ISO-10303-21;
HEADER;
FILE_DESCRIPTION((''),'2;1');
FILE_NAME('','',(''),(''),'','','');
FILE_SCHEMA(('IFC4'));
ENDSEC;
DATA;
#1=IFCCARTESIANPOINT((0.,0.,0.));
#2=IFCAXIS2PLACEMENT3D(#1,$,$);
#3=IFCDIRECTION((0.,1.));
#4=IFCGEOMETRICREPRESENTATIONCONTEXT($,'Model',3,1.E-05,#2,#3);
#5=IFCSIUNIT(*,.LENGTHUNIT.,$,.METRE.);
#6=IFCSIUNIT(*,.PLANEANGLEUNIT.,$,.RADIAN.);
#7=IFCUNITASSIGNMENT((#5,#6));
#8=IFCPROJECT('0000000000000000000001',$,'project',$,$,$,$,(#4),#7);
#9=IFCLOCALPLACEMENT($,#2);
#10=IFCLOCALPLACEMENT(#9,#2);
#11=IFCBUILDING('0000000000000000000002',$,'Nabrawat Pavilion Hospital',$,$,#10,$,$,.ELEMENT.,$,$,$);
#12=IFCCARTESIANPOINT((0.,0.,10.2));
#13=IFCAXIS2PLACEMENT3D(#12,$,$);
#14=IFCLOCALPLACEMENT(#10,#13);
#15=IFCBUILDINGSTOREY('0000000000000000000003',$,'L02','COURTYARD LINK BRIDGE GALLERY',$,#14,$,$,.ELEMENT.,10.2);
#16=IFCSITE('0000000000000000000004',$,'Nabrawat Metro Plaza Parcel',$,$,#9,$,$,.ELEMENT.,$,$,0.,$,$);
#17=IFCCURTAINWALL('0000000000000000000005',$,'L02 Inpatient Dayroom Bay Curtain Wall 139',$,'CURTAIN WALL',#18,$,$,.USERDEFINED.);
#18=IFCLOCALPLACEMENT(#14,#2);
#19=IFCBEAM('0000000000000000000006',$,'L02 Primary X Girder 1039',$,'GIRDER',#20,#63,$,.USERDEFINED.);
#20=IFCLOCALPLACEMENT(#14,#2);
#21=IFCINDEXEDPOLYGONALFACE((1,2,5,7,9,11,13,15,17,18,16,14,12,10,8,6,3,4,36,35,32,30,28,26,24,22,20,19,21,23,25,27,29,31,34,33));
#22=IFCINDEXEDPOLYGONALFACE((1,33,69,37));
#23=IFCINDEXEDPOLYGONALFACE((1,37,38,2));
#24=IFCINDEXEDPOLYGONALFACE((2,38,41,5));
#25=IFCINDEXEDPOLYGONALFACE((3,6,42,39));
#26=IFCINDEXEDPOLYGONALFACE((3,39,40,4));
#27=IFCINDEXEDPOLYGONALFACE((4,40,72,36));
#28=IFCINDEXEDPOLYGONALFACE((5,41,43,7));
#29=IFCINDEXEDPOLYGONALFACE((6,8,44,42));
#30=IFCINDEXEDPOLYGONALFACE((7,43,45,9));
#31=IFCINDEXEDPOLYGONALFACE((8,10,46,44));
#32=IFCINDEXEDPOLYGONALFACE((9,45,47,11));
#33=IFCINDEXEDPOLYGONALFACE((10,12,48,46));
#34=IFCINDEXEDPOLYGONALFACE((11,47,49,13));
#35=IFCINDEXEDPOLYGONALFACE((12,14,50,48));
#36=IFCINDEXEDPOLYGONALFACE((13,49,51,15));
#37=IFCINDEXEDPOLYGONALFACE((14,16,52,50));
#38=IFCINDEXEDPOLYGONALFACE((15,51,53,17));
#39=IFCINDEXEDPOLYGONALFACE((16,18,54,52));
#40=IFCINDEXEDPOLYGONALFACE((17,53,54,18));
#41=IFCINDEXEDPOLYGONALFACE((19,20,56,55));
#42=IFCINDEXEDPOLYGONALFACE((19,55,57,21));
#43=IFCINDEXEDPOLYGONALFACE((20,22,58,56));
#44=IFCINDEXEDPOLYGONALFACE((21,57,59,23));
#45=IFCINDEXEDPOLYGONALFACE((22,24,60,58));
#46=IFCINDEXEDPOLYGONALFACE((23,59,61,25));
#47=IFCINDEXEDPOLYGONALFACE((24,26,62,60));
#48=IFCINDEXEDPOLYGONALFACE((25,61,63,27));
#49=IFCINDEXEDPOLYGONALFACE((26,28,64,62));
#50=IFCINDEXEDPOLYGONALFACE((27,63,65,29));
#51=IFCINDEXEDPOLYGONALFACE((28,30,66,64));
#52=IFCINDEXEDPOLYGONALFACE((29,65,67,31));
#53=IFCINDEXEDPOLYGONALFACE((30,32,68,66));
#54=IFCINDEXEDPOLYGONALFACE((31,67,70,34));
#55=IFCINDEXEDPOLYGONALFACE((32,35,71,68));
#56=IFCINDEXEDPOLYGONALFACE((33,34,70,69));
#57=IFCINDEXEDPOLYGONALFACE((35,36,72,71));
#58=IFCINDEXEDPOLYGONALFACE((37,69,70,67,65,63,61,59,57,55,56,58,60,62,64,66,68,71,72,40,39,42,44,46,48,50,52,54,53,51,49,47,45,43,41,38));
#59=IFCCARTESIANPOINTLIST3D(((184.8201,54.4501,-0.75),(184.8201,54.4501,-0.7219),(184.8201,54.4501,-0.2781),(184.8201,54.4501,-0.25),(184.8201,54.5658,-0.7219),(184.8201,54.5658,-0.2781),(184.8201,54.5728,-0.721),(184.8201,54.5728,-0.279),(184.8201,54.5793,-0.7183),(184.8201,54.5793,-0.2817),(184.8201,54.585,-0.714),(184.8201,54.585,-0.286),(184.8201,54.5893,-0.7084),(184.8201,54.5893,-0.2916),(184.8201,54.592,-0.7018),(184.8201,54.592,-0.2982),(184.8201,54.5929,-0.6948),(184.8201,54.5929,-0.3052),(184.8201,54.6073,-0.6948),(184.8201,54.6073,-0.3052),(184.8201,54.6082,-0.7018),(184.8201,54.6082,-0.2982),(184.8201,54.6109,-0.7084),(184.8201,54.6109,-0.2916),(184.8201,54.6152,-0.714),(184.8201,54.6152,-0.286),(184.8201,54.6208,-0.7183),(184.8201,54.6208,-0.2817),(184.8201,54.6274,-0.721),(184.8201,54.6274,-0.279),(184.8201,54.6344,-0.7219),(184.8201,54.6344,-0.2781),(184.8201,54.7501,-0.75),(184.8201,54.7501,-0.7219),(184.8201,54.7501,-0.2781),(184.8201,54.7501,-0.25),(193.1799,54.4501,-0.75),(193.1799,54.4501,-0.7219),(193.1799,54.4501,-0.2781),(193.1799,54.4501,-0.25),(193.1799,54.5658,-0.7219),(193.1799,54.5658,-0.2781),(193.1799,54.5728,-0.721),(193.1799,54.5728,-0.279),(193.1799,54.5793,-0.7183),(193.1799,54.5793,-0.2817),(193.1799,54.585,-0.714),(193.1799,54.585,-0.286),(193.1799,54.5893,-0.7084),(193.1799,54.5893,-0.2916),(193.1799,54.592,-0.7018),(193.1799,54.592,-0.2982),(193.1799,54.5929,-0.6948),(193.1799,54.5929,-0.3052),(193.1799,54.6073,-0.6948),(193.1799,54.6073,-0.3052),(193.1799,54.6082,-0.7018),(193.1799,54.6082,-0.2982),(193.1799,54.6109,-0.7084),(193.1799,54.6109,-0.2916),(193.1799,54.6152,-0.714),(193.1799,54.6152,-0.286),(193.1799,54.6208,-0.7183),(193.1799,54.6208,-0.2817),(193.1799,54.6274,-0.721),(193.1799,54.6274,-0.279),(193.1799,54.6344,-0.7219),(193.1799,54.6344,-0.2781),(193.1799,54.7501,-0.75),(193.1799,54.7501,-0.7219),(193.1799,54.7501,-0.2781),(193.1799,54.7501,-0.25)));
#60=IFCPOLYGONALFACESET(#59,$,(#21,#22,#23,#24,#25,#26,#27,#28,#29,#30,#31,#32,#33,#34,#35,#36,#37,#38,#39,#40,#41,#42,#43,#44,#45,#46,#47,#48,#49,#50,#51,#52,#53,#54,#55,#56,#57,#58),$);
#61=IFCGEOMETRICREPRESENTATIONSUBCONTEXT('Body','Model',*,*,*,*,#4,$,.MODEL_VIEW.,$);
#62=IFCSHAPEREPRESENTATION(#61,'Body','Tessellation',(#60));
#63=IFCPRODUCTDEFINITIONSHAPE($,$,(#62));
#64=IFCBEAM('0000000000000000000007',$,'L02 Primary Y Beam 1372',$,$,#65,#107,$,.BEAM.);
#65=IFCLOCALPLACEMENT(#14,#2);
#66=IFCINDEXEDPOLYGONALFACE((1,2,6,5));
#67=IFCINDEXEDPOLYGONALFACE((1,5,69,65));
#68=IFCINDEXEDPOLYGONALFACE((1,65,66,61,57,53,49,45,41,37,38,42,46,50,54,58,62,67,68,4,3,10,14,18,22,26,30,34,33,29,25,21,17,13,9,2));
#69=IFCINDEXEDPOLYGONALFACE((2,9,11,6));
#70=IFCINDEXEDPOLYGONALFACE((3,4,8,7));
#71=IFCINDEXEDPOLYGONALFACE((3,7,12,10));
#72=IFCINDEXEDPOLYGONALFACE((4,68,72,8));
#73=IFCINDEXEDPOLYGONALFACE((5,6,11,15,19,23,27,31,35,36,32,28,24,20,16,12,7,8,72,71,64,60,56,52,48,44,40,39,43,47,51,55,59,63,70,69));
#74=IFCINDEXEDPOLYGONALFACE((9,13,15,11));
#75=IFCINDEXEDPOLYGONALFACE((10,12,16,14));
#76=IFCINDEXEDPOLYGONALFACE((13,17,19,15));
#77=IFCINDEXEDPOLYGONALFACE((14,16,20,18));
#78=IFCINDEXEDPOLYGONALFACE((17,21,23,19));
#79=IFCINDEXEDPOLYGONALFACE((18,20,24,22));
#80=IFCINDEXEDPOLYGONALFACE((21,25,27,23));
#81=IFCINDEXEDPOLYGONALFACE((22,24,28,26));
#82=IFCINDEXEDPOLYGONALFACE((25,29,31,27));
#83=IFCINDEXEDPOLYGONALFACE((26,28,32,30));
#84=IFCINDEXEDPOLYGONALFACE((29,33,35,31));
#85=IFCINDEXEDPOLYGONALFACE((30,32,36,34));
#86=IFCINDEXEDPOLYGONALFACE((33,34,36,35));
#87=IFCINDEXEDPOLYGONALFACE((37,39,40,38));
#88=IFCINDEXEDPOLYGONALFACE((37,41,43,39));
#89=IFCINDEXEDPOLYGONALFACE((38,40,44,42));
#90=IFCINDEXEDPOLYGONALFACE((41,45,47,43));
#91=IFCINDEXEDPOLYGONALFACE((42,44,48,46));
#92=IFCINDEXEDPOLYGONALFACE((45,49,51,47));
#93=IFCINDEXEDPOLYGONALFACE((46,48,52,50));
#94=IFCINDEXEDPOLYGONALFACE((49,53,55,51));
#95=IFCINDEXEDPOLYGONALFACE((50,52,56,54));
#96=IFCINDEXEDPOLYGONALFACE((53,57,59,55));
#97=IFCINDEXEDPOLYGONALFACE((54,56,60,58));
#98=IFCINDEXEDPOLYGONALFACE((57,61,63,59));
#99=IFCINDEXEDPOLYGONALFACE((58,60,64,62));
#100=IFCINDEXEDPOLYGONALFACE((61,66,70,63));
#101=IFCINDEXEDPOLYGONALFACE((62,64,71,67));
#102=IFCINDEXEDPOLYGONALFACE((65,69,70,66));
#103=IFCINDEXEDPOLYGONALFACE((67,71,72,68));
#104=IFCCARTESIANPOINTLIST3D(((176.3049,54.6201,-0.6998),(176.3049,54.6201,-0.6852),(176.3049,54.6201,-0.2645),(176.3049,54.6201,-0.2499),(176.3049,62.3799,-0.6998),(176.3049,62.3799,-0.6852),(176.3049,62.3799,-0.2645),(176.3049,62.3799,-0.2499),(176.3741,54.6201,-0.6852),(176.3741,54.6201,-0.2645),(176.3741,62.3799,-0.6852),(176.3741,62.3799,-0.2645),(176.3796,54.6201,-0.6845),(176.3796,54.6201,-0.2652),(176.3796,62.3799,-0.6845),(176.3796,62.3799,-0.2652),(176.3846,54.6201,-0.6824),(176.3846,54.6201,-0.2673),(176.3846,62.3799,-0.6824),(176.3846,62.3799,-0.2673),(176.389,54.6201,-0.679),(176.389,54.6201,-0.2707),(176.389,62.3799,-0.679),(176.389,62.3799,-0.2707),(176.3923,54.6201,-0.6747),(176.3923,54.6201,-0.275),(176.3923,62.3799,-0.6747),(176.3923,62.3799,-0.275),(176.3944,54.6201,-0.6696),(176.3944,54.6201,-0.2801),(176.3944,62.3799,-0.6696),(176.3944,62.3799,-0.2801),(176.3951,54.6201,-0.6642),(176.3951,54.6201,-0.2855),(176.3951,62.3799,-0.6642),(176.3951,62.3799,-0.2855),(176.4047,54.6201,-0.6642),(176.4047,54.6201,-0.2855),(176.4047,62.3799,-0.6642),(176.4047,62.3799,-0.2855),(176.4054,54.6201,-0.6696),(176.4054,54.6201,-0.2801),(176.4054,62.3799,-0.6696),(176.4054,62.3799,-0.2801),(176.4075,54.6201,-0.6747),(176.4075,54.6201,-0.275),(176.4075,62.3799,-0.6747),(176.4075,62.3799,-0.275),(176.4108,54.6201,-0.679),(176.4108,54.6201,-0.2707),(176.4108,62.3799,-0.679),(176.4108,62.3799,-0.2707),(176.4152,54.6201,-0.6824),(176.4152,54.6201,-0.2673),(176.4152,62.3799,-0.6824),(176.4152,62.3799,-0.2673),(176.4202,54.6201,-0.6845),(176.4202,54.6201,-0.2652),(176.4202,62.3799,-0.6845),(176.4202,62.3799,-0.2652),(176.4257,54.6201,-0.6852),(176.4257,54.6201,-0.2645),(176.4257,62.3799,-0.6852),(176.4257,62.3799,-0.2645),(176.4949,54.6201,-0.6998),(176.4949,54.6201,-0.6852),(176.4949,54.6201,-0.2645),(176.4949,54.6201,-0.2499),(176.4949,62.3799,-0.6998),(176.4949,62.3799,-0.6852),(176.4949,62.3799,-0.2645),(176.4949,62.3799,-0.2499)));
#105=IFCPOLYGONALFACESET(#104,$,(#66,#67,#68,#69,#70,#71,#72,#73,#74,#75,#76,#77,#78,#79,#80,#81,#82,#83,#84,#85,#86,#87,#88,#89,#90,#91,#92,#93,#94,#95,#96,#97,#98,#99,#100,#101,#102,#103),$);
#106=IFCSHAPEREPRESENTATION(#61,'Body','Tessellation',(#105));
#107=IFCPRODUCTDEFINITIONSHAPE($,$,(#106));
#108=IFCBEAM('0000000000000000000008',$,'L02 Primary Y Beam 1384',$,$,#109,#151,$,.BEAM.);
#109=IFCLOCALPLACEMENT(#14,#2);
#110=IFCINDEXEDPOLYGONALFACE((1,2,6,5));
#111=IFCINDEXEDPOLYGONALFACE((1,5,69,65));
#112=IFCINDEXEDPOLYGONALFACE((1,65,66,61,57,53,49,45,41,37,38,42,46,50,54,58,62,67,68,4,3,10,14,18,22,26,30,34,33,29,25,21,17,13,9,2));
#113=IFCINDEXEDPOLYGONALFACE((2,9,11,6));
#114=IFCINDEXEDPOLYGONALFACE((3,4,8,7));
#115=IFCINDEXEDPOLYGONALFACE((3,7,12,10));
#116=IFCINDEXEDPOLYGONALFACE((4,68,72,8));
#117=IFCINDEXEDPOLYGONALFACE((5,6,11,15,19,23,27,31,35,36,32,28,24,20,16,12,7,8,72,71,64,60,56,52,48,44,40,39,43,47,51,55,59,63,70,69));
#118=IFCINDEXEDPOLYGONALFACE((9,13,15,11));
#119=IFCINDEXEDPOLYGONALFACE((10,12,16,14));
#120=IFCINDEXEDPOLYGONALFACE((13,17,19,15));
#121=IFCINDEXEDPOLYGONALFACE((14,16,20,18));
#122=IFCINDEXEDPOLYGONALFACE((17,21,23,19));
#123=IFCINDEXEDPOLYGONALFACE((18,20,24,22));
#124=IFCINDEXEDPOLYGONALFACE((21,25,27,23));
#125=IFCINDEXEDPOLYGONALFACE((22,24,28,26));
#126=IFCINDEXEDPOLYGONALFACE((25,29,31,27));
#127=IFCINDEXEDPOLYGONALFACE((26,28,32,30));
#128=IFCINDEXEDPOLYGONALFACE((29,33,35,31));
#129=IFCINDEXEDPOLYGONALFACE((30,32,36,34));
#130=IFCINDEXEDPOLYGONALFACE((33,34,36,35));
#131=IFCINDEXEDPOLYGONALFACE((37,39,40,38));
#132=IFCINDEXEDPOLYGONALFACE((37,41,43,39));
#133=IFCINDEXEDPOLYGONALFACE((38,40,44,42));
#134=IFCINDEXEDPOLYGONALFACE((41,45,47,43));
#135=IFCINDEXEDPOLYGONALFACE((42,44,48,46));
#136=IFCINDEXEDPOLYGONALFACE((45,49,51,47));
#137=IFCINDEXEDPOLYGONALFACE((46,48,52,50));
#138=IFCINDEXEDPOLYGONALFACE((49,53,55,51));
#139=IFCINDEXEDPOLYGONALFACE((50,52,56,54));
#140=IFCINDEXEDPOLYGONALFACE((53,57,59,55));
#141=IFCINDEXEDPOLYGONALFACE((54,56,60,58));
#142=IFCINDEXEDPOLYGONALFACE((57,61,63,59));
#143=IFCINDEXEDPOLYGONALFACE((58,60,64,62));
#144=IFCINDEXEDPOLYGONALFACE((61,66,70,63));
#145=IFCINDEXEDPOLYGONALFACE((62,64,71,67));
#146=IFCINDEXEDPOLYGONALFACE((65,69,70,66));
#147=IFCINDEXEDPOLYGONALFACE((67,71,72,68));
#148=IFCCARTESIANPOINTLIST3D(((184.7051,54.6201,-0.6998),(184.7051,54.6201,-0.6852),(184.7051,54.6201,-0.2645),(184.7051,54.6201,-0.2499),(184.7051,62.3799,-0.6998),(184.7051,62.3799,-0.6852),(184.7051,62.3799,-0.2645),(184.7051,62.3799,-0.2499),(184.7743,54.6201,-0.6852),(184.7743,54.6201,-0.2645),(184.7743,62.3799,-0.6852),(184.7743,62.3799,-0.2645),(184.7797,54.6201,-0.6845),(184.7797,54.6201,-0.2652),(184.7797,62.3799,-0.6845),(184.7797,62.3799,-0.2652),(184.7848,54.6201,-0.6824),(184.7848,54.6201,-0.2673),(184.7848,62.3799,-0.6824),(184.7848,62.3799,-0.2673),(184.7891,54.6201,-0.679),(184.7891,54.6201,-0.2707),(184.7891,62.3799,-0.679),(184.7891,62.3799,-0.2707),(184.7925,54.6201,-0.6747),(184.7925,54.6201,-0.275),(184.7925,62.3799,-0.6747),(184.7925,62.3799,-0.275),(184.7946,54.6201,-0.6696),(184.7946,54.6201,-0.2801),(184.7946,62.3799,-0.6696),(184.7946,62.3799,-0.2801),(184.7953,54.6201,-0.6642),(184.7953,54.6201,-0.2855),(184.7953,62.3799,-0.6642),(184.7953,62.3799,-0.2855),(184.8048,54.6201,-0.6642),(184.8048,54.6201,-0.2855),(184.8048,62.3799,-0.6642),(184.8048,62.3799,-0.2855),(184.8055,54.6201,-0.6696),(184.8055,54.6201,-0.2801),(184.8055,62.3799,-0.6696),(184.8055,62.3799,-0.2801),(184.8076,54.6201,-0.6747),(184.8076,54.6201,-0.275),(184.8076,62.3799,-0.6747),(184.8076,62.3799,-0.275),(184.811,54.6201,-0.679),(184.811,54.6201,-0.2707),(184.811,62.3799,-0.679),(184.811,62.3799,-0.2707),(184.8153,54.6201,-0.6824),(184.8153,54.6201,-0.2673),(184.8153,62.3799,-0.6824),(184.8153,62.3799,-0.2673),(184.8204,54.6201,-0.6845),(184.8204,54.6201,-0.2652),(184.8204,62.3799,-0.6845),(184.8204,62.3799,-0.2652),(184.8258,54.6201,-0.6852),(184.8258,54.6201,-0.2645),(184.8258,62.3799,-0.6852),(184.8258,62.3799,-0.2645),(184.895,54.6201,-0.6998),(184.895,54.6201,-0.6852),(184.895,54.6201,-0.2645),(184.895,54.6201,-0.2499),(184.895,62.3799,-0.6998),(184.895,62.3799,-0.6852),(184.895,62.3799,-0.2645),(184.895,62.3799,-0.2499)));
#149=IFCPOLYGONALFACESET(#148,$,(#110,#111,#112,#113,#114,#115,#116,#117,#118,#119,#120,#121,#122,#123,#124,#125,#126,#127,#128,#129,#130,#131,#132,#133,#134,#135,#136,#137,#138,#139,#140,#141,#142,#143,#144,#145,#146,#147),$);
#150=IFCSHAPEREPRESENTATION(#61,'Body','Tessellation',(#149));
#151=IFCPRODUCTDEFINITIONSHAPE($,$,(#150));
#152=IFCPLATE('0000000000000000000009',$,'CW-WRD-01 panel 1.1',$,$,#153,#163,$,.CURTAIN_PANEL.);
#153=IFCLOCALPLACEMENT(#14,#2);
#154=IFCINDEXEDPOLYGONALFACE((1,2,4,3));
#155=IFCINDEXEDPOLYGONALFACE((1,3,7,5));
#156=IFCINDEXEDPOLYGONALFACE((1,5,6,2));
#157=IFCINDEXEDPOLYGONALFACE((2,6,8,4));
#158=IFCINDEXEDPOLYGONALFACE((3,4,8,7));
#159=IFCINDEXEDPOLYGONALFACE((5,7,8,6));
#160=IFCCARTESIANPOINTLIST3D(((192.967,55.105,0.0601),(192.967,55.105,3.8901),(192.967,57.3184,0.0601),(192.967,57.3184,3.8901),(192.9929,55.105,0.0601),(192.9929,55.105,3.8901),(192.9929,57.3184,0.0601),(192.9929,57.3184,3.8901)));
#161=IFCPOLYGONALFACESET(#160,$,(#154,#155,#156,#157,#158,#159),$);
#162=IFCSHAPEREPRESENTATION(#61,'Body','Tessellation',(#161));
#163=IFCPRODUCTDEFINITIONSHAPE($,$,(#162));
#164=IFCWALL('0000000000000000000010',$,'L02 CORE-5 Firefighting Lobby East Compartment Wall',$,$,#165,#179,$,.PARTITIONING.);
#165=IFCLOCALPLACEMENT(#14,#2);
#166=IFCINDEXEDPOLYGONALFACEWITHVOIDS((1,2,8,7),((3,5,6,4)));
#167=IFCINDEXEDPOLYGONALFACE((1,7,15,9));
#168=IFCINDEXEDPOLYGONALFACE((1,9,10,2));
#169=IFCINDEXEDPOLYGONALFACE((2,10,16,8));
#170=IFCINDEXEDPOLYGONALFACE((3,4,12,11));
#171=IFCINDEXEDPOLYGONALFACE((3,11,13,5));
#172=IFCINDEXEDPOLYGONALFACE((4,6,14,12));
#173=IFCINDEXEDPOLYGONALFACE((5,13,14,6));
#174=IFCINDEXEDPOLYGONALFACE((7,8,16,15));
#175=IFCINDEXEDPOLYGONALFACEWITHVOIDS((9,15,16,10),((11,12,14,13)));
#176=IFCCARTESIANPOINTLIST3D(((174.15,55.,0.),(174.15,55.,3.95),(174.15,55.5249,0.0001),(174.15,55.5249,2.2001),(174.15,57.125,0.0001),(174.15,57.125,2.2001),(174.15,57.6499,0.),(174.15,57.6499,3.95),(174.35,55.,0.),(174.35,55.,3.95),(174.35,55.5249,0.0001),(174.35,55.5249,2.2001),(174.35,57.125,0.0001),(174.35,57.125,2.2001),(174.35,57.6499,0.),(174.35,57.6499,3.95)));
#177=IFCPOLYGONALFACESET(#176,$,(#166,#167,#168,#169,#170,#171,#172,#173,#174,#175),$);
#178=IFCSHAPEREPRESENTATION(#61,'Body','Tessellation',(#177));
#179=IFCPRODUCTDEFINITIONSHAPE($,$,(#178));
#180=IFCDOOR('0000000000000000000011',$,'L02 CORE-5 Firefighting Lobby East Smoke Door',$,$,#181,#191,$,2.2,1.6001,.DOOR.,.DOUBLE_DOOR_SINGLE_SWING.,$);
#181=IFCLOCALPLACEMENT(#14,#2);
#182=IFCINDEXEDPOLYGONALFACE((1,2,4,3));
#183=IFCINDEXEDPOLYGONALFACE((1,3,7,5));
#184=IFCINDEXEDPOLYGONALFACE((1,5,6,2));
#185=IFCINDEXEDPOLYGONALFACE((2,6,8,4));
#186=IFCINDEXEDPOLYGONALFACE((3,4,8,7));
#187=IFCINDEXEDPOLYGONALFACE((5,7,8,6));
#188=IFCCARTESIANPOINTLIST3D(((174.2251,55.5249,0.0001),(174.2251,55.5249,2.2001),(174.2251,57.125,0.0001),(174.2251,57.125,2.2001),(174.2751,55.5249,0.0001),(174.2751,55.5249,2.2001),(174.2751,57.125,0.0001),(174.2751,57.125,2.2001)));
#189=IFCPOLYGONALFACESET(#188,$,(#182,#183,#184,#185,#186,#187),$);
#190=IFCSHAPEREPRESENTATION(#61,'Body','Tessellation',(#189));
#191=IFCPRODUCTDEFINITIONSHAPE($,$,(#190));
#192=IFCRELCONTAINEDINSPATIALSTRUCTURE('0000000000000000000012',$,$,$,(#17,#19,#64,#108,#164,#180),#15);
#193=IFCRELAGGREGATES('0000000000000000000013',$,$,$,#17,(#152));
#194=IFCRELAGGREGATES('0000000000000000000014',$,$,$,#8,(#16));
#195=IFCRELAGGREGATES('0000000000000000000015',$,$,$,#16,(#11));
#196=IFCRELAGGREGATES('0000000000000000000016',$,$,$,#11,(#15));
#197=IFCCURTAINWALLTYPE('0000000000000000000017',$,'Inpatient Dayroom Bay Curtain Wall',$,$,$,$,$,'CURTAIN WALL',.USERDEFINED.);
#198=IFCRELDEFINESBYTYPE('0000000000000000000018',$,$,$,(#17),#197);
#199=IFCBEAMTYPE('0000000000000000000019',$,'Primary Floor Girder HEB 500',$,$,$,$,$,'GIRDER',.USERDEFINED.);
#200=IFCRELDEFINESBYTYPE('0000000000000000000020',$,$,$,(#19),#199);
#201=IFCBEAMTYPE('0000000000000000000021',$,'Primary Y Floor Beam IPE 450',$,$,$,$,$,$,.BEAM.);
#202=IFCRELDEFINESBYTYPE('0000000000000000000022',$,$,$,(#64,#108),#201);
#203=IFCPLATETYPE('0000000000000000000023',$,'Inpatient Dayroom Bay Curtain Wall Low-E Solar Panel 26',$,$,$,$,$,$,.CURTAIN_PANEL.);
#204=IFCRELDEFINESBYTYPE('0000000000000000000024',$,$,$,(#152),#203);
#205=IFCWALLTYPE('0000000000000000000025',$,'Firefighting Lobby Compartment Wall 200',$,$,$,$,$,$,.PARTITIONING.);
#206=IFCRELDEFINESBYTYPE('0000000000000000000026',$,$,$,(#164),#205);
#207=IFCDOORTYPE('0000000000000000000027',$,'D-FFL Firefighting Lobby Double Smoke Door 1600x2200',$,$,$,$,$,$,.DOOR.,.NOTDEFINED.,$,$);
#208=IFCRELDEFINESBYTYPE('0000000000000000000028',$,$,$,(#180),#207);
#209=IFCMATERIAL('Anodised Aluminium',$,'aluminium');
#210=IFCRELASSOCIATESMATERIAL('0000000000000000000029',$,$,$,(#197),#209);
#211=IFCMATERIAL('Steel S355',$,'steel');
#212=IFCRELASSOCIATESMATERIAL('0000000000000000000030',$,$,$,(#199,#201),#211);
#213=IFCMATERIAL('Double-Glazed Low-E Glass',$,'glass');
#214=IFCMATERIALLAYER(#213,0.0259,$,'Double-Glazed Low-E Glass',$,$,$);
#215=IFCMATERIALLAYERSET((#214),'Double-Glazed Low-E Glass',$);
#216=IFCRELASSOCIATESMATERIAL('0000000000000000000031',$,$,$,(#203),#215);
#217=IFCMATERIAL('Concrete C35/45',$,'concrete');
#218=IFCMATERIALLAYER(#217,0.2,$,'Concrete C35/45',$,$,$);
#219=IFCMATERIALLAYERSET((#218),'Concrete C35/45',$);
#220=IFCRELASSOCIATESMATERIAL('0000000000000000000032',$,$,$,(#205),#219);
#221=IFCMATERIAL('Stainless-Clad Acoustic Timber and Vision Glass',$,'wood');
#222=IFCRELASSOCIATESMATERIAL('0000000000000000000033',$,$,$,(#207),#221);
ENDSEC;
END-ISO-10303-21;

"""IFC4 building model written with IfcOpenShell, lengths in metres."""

from ifc_helpers import new_model, si_unit, direction, frame, frame_2d, origin, origin_2d, place, context, subcontext, project, spatial, rectangle, i_section, extrude, material, layer, layer_set, material_profile, profile_set, type_object, element, fill, aggregate, save


model = new_model("IFC4")

# Units and contexts
model_context = context("Model", 3, precision=1e-05, world=origin(), true_north=direction((0.0, 1.0)))
body_context = subcontext(model_context, "Body", "Model", "MODEL_VIEW")
ifc_project = project(units=[si_unit("LENGTHUNIT", "METRE"), si_unit("PLANEANGLEUNIT", "RADIAN")], contexts=[model_context])

# Site, building, storey
site_placement = place(None, origin())
site = spatial("IfcSite", under=ifc_project, at=site_placement, Name="Nabrawat Metro Plaza Parcel", CompositionType="ELEMENT", RefElevation=0.0)
building_placement = place(site_placement, origin())
building = spatial("IfcBuilding", under=site, at=building_placement, Name="Nabrawat Pavilion Hospital", CompositionType="ELEMENT")
storey_placement = place(building_placement, frame((0.0, 0.0, 10.2)))
storey = spatial("IfcBuildingStorey", under=building, at=storey_placement, Name="L02", Description="COURTYARD LINK BRIDGE GALLERY", CompositionType="ELEMENT", Elevation=10.2)

# Shared definitions
ifc_material_1 = material(Name="Steel S355", Category="steel")

# Curtain wall
ifc_material_2 = material(Name="Anodised Aluminium", Category="aluminium")
curtain_wall_type = type_object("IfcCurtainWallType", Name="Inpatient Dayroom Bay Curtain Wall", ElementType="CURTAIN WALL", PredefinedType="USERDEFINED", material=ifc_material_2)
curtain_wall_placement = place(storey_placement, origin())
curtain_wall = element("IfcCurtainWall", 1, at=curtain_wall_placement, inside=storey, type_object=curtain_wall_type, Name="L02 Inpatient Dayroom Bay Curtain Wall 139", ObjectType="CURTAIN WALL", PredefinedType="USERDEFINED")

# Beams
ifc_material_profile_1 = material_profile(ifc_material_1, i_section(OverallWidth=0.3, OverallDepth=0.5, WebThickness=0.0144, FlangeThickness=0.0281, FilletRadius=0.0271, at=origin_2d()), Name="HEB 500")
ifc_profile_set_1 = profile_set([ifc_material_profile_1], Name="Steel S355")
beam_type_1 = type_object("IfcBeamType", Name="Primary Floor Girder HEB 500", ElementType="GIRDER", PredefinedType="USERDEFINED", material=ifc_profile_set_1)
beam_1_placement = place(storey_placement, frame((184.8201, 54.6001, -0.5), z_axis=(1.0, 0.0, 0.0), x_axis=(0.0, 1.0, 0.0)))
element("IfcBeam", 2, at=beam_1_placement, inside=storey, type_object=beam_type_1, Name="L02 Primary X Girder 1039", ObjectType="GIRDER", PredefinedType="USERDEFINED", context=body_context, shape_type="SweptSolid", body=[
    extrude(i_section(OverallWidth=0.3, OverallDepth=0.5, WebThickness=0.0144, FlangeThickness=0.0281, FilletRadius=0.0271, at=origin_2d()), origin(), (0.0, 0.0, 1.0), 8.3599),
])
ifc_material_profile_2 = material_profile(ifc_material_1, i_section(OverallWidth=0.1899, OverallDepth=0.45, WebThickness=0.0095, FlangeThickness=0.0146, FilletRadius=0.021, at=origin_2d()), Name="IPE 450")
ifc_profile_set_2 = profile_set([ifc_material_profile_2], Name="Steel S355")
beam_type_2 = type_object("IfcBeamType", Name="Primary Y Floor Beam IPE 450", PredefinedType="BEAM", material=ifc_profile_set_2)
for number, where, z_axis, x_axis, name in (
    (3, (176.3999, 54.6201, -0.4749), (0.0, 1.0, 0.0), (-1.0, 0.0, 0.0), "L02 Primary Y Beam 1372"),
    (4, (184.8, 54.6201, -0.4749), (0.0, 1.0, 0.0), (-1.0, 0.0, 0.0), "L02 Primary Y Beam 1384"),
):
    element("IfcBeam", number, at=place(storey_placement, frame(where, z_axis=z_axis, x_axis=x_axis)), inside=storey, type_object=beam_type_2, Name=name, PredefinedType="BEAM", context=body_context, shape_type="SweptSolid", body=[
        extrude(i_section(OverallWidth=0.1899, OverallDepth=0.45, WebThickness=0.0095, FlangeThickness=0.0146, FilletRadius=0.021, at=origin_2d()), origin(), (0.0, 0.0, 1.0), 7.7598),
    ])

# Plate
ifc_material_3 = material(Name="Double-Glazed Low-E Glass", Category="glass")
ifc_layer_1 = layer(ifc_material_3, 0.0259, Name="Double-Glazed Low-E Glass")
ifc_layer_set_1 = layer_set([ifc_layer_1], Name="Double-Glazed Low-E Glass")
plate_type = type_object("IfcPlateType", Name="Inpatient Dayroom Bay Curtain Wall Low-E Solar Panel 26", PredefinedType="CURTAIN_PANEL", material=ifc_layer_set_1)
plate_placement = place(storey_placement, frame((192.98, 56.2117, 0.0601), z_axis=(0.0, 0.0, 1.0), x_axis=(0.0, 1.0, 0.0)))
plate = element("IfcPlate", 5, at=plate_placement, type_object=plate_type, Name="CW-WRD-01 panel 1.1", PredefinedType="CURTAIN_PANEL", context=body_context, shape_type="SweptSolid", body=[
    extrude(rectangle(XDim=2.2134, YDim=0.0259, at=origin_2d()), origin(), (0.0, 0.0, 1.0), 3.8301),
])
aggregate(curtain_wall, [plate])

# Wall, opening, door
ifc_material_4 = material(Name="Concrete C35/45", Category="concrete")
ifc_layer_2 = layer(ifc_material_4, 0.2, Name="Concrete C35/45")
ifc_layer_set_2 = layer_set([ifc_layer_2], Name="Concrete C35/45")
wall_type_1 = type_object("IfcWallType", Name="Firefighting Lobby Compartment Wall 200", PredefinedType="PARTITIONING", material=ifc_layer_set_2)
wall_1_placement = place(storey_placement, frame((174.25, 55.0, 0.0), z_axis=(0.0, 0.0, 1.0), x_axis=(0.0, 1.0, 0.0)))
wall_1 = element("IfcWall", 6, at=wall_1_placement, inside=storey, type_object=wall_type_1, Name="L02 CORE-5 Firefighting Lobby East Compartment Wall", PredefinedType="PARTITIONING", context=body_context, shape_type="SweptSolid", body=[
    extrude(rectangle(XDim=2.6499, YDim=0.2, at=frame_2d((1.325, 0.0))), origin(), (0.0, 0.0, 1.0), 3.95),
])
opening_placement = place(wall_1_placement, frame((0.5249, 0.0, 0.0)))
opening = element("IfcOpeningElement", 7, at=opening_placement, cuts=wall_1, PredefinedType="OPENING", context=body_context, shape_type="SweptSolid", body=[
    extrude(rectangle(XDim=1.6001, YDim=2.2, at=frame_2d((0.8, 1.1001))), frame((0.0, 0.1099, 0.0), z_axis=(0.0, -1.0, 0.0), x_axis=(1.0, 0.0, 0.0)), (0.0, 0.0, 1.0), 0.22),
])
ifc_material_5 = material(Name="Stainless-Clad Acoustic Timber and Vision Glass", Category="wood")
door_type = type_object("IfcDoorType", Name="D-FFL Firefighting Lobby Double Smoke Door 1600x2200", OperationType="NOTDEFINED", PredefinedType="DOOR", material=ifc_material_5)
door_placement = place(opening_placement, origin())
door = element("IfcDoor", 8, at=door_placement, inside=storey, type_object=door_type, Name="L02 CORE-5 Firefighting Lobby East Smoke Door", OperationType="DOUBLE_DOOR_SINGLE_SWING", OverallHeight=2.2, OverallWidth=1.6001, PredefinedType="DOOR", context=body_context, shape_type="SweptSolid", body=[
    extrude(rectangle(XDim=1.6001, YDim=2.2, at=frame_2d((0.8, 1.1001))), frame((0.0, 0.0249, 0.0), z_axis=(0.0, -1.0, 0.0), x_axis=(1.0, 0.0, 0.0)), (0.0, 0.0, 1.0), 0.05),
])
fill(opening, door)

save(model, "model.ifc")
